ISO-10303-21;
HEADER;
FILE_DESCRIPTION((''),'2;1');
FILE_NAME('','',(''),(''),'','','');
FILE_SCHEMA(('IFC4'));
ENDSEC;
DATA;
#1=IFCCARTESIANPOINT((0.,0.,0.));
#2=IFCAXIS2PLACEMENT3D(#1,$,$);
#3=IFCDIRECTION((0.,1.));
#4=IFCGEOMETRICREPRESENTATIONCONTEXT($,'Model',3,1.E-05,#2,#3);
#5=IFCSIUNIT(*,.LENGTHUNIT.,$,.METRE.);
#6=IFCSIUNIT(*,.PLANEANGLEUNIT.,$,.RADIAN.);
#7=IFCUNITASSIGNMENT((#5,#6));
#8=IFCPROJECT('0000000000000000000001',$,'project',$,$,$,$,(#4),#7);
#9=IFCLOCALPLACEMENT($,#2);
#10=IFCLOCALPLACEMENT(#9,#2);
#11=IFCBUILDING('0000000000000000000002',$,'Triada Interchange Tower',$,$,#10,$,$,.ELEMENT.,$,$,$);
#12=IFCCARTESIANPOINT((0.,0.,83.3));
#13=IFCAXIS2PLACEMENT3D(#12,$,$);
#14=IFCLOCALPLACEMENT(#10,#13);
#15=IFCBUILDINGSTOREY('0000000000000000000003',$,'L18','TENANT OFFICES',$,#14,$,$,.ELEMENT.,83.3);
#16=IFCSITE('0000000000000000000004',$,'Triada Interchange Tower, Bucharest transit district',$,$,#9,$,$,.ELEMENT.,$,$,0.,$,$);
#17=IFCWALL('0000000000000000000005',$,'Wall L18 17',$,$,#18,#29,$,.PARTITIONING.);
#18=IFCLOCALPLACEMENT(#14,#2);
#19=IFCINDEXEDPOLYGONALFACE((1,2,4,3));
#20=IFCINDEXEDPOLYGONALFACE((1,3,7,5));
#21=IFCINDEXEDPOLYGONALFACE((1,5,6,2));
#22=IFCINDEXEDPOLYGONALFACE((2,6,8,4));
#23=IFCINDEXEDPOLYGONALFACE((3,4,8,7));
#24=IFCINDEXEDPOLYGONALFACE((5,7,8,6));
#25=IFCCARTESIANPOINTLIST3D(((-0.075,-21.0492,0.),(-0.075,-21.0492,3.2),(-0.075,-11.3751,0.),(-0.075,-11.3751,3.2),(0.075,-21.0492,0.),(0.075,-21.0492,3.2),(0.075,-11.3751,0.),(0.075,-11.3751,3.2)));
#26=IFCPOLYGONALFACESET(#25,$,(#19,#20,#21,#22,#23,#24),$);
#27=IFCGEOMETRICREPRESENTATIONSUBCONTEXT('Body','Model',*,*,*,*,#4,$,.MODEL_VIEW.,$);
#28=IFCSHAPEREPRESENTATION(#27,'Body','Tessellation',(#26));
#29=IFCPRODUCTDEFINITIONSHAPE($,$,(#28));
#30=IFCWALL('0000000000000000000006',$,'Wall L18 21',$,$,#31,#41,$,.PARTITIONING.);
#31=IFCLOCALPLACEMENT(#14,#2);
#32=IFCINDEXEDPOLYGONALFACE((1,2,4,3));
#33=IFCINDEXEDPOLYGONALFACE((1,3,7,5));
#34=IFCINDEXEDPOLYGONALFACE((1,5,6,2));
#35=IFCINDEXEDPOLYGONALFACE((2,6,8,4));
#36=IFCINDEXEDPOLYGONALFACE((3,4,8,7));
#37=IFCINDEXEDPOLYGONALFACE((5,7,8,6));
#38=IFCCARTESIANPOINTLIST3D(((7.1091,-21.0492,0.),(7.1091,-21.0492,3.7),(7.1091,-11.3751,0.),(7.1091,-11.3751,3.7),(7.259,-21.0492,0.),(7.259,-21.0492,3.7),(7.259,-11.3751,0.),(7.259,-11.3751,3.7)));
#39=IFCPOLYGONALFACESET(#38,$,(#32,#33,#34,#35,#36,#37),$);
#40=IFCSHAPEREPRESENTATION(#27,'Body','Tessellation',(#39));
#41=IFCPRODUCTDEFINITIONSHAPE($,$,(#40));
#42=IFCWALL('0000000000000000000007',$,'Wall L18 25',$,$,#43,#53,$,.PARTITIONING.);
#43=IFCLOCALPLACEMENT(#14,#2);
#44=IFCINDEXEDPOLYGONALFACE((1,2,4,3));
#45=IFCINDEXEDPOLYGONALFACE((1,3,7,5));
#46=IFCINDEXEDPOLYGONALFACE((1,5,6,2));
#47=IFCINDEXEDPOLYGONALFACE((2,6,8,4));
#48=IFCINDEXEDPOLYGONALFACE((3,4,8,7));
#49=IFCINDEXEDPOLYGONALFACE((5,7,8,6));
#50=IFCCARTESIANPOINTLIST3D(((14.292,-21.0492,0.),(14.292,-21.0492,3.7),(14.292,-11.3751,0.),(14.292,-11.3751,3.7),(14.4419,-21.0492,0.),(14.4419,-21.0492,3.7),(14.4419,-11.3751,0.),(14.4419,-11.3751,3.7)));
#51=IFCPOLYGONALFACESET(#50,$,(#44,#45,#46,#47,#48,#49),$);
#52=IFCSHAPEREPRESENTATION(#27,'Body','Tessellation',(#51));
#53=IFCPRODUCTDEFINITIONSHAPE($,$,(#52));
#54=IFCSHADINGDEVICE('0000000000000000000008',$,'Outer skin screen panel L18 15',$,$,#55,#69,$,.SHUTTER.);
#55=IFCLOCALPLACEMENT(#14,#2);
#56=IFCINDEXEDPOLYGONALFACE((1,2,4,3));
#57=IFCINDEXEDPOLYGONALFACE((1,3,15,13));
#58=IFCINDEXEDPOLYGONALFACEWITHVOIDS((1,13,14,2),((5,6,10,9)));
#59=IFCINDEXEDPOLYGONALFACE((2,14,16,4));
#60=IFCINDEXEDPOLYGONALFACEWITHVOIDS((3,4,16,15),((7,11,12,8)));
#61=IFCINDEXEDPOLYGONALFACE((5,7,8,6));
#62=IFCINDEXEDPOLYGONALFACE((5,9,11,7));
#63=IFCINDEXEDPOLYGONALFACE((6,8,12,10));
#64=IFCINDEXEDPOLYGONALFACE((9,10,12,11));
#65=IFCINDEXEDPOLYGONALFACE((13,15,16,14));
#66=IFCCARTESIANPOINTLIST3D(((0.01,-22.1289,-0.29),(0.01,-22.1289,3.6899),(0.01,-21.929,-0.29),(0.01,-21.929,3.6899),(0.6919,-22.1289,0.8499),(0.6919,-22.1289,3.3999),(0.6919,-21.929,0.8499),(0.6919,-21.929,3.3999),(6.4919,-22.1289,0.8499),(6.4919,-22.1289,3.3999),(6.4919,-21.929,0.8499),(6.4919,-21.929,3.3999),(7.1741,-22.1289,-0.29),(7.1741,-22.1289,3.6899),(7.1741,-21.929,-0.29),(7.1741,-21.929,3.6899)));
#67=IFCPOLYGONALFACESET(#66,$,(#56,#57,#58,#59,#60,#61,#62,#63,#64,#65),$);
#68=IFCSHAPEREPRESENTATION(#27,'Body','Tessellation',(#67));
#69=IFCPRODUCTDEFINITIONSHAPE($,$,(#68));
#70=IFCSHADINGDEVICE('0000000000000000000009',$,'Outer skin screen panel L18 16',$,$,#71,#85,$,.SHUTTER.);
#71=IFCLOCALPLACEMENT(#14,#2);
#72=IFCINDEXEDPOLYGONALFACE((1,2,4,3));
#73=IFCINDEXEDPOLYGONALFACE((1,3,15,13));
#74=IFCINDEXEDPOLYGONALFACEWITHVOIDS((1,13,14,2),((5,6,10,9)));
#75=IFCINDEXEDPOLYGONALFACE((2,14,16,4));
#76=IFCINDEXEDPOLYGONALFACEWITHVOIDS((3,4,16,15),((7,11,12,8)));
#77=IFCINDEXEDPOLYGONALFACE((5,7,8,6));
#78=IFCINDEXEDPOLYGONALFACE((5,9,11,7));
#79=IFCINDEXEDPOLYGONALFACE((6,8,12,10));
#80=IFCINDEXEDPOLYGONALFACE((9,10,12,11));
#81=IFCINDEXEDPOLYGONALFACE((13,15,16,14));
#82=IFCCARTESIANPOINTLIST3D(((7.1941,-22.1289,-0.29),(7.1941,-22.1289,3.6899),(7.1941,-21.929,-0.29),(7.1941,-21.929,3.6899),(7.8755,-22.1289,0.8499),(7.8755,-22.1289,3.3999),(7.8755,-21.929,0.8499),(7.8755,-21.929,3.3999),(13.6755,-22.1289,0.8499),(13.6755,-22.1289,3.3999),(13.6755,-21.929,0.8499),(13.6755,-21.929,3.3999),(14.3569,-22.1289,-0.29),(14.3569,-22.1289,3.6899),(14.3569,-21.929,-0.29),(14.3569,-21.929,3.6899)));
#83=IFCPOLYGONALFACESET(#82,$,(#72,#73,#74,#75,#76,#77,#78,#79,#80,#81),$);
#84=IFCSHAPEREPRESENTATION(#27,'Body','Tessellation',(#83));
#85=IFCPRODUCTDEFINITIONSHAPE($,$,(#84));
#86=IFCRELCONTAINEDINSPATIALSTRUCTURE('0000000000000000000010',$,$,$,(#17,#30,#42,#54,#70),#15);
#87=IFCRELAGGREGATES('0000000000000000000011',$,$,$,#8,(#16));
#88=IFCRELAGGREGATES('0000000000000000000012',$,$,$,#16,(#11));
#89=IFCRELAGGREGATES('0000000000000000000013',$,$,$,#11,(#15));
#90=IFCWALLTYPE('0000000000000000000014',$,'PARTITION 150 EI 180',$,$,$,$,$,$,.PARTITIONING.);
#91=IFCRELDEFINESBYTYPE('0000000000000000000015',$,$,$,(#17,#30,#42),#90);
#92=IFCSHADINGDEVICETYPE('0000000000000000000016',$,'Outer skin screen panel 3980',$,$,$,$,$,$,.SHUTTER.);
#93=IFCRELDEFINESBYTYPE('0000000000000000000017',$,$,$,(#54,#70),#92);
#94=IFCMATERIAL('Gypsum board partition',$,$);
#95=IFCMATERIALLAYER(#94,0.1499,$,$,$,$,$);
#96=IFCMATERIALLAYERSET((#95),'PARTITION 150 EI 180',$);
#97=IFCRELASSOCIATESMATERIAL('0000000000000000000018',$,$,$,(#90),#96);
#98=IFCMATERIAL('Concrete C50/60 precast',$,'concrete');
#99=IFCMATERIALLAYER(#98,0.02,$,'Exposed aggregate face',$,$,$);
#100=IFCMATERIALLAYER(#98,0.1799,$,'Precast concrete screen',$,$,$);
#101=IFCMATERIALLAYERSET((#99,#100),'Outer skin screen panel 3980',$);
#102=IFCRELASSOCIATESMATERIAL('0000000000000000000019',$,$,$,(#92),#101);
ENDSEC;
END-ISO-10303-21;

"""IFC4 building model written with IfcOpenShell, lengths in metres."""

from ifc_helpers import new_model, si_unit, direction, frame, frame_2d, origin, place, context, subcontext, project, spatial, polyline, rectangle, outline, extrude, material, layer, layer_set, type_object, element, save


model = new_model("IFC4")

# Units and contexts
model_context = context("Model", 3, precision=1e-05, world=origin(), true_north=direction((0.0, 1.0)))
body_context = subcontext(model_context, "Body", "Model", "MODEL_VIEW")
ifc_project = project(units=[si_unit("LENGTHUNIT", "METRE"), si_unit("PLANEANGLEUNIT", "RADIAN")], contexts=[model_context])

# Site, building, storey
site_placement = place(None, origin())
site = spatial("IfcSite", under=ifc_project, at=site_placement, Name="Triada Interchange Tower, Bucharest transit district", CompositionType="ELEMENT", RefElevation=0.0)
building_placement = place(site_placement, origin())
building = spatial("IfcBuilding", under=site, at=building_placement, Name="Triada Interchange Tower", CompositionType="ELEMENT")
storey_placement = place(building_placement, frame((0.0, 0.0, 83.3)))
storey = spatial("IfcBuildingStorey", under=building, at=storey_placement, Name="L18", Description="TENANT OFFICES", CompositionType="ELEMENT", Elevation=83.3)

# Walls
ifc_material_1 = material(Name="Gypsum board partition")
ifc_layer_1 = layer(ifc_material_1, 0.1499)
ifc_layer_set_1 = layer_set([ifc_layer_1], Name="PARTITION 150 EI 180")
wall_type_1 = type_object("IfcWallType", Name="PARTITION 150 EI 180", PredefinedType="PARTITIONING", material=ifc_layer_set_1)
wall_1_placement = place(storey_placement, frame((0.0, -21.0491, 0.0), z_axis=(0.0, 0.0, 1.0), x_axis=(0.0, 1.0, 0.0)))
element("IfcWall", 1, at=wall_1_placement, inside=storey, type_object=wall_type_1, Name="Wall L18 17", PredefinedType="PARTITIONING", context=body_context, shape_type="SweptSolid", body=[
    extrude(rectangle(XDim=9.6741, YDim=0.1499, at=frame_2d((4.8369, 0.0))), origin(), (0.0, 0.0, 1.0), 3.2),
])
for number, where, z_axis, x_axis, name in (
    (2, (7.1841, -21.0491, 0.0), (0.0, 0.0, 1.0), (0.0, 1.0, 0.0), "Wall L18 21"),
    (3, (14.3669, -21.0491, 0.0), (0.0, 0.0, 1.0), (0.0, 1.0, 0.0), "Wall L18 25"),
):
    element("IfcWall", number, at=place(storey_placement, frame(where, z_axis=z_axis, x_axis=x_axis)), inside=storey, type_object=wall_type_1, Name=name, PredefinedType="PARTITIONING", context=body_context, shape_type="SweptSolid", body=[
        extrude(rectangle(XDim=9.6741, YDim=0.1499, at=frame_2d((4.8369, 0.0))), origin(), (0.0, 0.0, 1.0), 3.7),
    ])

# Shading devices
ifc_material_2 = material(Name="Concrete C50/60 precast", Category="concrete")
ifc_layer_2 = layer(ifc_material_2, 0.02, Name="Exposed aggregate face")
ifc_layer_3 = layer(ifc_material_2, 0.1799, Name="Precast concrete screen")
ifc_layer_set_2 = layer_set([ifc_layer_2, ifc_layer_3], Name="Outer skin screen panel 3980")
shading_device_type = type_object("IfcShadingDeviceType", Name="Outer skin screen panel 3980", PredefinedType="SHUTTER", material=ifc_layer_set_2)
shading_device_1_placement = place(storey_placement, frame((0.01, -21.929, -0.29), z_axis=(0.0, 0.0, 1.0), x_axis=(1.0, 0.0, 0.0)))
element("IfcShadingDevice", 4, at=shading_device_1_placement, inside=storey, type_object=shading_device_type, Name="Outer skin screen panel L18 15", PredefinedType="SHUTTER", context=body_context, shape_type="SweptSolid", body=[
    extrude(outline(polyline([(0.0, 0.0), (7.1641, 0.0), (7.1641, 3.98), (0.0, 3.98), (0.0, 0.0)]), holes=[polyline([(0.6819, 1.1399), (0.6819, 3.6899), (6.4819, 3.6899), (6.4819, 1.1399), (0.6819, 1.1399)])]), frame((0.0, 0.0, 0.0), z_axis=(0.0, -1.0, 0.0), x_axis=(1.0, 0.0, 0.0)), (0.0, 0.0, 1.0), 0.2),
])
shading_device_2_placement = place(storey_placement, frame((7.1941, -21.929, -0.29), z_axis=(0.0, 0.0, 1.0), x_axis=(1.0, 0.0, 0.0)))
element("IfcShadingDevice", 5, at=shading_device_2_placement, inside=storey, type_object=shading_device_type, Name="Outer skin screen panel L18 16", PredefinedType="SHUTTER", context=body_context, shape_type="SweptSolid", body=[
    extrude(outline(polyline([(0.0, 0.0), (7.1628, 0.0), (7.1628, 3.98), (0.0, 3.98), (0.0, 0.0)]), holes=[polyline([(0.6814, 1.1399), (0.6814, 3.6899), (6.4814, 3.6899), (6.4814, 1.1399), (0.6814, 1.1399)])]), frame((0.0, 0.0, 0.0), z_axis=(0.0, -1.0, 0.0), x_axis=(1.0, 0.0, 0.0)), (0.0, 0.0, 1.0), 0.2),
])

save(model, "model.ifc")
